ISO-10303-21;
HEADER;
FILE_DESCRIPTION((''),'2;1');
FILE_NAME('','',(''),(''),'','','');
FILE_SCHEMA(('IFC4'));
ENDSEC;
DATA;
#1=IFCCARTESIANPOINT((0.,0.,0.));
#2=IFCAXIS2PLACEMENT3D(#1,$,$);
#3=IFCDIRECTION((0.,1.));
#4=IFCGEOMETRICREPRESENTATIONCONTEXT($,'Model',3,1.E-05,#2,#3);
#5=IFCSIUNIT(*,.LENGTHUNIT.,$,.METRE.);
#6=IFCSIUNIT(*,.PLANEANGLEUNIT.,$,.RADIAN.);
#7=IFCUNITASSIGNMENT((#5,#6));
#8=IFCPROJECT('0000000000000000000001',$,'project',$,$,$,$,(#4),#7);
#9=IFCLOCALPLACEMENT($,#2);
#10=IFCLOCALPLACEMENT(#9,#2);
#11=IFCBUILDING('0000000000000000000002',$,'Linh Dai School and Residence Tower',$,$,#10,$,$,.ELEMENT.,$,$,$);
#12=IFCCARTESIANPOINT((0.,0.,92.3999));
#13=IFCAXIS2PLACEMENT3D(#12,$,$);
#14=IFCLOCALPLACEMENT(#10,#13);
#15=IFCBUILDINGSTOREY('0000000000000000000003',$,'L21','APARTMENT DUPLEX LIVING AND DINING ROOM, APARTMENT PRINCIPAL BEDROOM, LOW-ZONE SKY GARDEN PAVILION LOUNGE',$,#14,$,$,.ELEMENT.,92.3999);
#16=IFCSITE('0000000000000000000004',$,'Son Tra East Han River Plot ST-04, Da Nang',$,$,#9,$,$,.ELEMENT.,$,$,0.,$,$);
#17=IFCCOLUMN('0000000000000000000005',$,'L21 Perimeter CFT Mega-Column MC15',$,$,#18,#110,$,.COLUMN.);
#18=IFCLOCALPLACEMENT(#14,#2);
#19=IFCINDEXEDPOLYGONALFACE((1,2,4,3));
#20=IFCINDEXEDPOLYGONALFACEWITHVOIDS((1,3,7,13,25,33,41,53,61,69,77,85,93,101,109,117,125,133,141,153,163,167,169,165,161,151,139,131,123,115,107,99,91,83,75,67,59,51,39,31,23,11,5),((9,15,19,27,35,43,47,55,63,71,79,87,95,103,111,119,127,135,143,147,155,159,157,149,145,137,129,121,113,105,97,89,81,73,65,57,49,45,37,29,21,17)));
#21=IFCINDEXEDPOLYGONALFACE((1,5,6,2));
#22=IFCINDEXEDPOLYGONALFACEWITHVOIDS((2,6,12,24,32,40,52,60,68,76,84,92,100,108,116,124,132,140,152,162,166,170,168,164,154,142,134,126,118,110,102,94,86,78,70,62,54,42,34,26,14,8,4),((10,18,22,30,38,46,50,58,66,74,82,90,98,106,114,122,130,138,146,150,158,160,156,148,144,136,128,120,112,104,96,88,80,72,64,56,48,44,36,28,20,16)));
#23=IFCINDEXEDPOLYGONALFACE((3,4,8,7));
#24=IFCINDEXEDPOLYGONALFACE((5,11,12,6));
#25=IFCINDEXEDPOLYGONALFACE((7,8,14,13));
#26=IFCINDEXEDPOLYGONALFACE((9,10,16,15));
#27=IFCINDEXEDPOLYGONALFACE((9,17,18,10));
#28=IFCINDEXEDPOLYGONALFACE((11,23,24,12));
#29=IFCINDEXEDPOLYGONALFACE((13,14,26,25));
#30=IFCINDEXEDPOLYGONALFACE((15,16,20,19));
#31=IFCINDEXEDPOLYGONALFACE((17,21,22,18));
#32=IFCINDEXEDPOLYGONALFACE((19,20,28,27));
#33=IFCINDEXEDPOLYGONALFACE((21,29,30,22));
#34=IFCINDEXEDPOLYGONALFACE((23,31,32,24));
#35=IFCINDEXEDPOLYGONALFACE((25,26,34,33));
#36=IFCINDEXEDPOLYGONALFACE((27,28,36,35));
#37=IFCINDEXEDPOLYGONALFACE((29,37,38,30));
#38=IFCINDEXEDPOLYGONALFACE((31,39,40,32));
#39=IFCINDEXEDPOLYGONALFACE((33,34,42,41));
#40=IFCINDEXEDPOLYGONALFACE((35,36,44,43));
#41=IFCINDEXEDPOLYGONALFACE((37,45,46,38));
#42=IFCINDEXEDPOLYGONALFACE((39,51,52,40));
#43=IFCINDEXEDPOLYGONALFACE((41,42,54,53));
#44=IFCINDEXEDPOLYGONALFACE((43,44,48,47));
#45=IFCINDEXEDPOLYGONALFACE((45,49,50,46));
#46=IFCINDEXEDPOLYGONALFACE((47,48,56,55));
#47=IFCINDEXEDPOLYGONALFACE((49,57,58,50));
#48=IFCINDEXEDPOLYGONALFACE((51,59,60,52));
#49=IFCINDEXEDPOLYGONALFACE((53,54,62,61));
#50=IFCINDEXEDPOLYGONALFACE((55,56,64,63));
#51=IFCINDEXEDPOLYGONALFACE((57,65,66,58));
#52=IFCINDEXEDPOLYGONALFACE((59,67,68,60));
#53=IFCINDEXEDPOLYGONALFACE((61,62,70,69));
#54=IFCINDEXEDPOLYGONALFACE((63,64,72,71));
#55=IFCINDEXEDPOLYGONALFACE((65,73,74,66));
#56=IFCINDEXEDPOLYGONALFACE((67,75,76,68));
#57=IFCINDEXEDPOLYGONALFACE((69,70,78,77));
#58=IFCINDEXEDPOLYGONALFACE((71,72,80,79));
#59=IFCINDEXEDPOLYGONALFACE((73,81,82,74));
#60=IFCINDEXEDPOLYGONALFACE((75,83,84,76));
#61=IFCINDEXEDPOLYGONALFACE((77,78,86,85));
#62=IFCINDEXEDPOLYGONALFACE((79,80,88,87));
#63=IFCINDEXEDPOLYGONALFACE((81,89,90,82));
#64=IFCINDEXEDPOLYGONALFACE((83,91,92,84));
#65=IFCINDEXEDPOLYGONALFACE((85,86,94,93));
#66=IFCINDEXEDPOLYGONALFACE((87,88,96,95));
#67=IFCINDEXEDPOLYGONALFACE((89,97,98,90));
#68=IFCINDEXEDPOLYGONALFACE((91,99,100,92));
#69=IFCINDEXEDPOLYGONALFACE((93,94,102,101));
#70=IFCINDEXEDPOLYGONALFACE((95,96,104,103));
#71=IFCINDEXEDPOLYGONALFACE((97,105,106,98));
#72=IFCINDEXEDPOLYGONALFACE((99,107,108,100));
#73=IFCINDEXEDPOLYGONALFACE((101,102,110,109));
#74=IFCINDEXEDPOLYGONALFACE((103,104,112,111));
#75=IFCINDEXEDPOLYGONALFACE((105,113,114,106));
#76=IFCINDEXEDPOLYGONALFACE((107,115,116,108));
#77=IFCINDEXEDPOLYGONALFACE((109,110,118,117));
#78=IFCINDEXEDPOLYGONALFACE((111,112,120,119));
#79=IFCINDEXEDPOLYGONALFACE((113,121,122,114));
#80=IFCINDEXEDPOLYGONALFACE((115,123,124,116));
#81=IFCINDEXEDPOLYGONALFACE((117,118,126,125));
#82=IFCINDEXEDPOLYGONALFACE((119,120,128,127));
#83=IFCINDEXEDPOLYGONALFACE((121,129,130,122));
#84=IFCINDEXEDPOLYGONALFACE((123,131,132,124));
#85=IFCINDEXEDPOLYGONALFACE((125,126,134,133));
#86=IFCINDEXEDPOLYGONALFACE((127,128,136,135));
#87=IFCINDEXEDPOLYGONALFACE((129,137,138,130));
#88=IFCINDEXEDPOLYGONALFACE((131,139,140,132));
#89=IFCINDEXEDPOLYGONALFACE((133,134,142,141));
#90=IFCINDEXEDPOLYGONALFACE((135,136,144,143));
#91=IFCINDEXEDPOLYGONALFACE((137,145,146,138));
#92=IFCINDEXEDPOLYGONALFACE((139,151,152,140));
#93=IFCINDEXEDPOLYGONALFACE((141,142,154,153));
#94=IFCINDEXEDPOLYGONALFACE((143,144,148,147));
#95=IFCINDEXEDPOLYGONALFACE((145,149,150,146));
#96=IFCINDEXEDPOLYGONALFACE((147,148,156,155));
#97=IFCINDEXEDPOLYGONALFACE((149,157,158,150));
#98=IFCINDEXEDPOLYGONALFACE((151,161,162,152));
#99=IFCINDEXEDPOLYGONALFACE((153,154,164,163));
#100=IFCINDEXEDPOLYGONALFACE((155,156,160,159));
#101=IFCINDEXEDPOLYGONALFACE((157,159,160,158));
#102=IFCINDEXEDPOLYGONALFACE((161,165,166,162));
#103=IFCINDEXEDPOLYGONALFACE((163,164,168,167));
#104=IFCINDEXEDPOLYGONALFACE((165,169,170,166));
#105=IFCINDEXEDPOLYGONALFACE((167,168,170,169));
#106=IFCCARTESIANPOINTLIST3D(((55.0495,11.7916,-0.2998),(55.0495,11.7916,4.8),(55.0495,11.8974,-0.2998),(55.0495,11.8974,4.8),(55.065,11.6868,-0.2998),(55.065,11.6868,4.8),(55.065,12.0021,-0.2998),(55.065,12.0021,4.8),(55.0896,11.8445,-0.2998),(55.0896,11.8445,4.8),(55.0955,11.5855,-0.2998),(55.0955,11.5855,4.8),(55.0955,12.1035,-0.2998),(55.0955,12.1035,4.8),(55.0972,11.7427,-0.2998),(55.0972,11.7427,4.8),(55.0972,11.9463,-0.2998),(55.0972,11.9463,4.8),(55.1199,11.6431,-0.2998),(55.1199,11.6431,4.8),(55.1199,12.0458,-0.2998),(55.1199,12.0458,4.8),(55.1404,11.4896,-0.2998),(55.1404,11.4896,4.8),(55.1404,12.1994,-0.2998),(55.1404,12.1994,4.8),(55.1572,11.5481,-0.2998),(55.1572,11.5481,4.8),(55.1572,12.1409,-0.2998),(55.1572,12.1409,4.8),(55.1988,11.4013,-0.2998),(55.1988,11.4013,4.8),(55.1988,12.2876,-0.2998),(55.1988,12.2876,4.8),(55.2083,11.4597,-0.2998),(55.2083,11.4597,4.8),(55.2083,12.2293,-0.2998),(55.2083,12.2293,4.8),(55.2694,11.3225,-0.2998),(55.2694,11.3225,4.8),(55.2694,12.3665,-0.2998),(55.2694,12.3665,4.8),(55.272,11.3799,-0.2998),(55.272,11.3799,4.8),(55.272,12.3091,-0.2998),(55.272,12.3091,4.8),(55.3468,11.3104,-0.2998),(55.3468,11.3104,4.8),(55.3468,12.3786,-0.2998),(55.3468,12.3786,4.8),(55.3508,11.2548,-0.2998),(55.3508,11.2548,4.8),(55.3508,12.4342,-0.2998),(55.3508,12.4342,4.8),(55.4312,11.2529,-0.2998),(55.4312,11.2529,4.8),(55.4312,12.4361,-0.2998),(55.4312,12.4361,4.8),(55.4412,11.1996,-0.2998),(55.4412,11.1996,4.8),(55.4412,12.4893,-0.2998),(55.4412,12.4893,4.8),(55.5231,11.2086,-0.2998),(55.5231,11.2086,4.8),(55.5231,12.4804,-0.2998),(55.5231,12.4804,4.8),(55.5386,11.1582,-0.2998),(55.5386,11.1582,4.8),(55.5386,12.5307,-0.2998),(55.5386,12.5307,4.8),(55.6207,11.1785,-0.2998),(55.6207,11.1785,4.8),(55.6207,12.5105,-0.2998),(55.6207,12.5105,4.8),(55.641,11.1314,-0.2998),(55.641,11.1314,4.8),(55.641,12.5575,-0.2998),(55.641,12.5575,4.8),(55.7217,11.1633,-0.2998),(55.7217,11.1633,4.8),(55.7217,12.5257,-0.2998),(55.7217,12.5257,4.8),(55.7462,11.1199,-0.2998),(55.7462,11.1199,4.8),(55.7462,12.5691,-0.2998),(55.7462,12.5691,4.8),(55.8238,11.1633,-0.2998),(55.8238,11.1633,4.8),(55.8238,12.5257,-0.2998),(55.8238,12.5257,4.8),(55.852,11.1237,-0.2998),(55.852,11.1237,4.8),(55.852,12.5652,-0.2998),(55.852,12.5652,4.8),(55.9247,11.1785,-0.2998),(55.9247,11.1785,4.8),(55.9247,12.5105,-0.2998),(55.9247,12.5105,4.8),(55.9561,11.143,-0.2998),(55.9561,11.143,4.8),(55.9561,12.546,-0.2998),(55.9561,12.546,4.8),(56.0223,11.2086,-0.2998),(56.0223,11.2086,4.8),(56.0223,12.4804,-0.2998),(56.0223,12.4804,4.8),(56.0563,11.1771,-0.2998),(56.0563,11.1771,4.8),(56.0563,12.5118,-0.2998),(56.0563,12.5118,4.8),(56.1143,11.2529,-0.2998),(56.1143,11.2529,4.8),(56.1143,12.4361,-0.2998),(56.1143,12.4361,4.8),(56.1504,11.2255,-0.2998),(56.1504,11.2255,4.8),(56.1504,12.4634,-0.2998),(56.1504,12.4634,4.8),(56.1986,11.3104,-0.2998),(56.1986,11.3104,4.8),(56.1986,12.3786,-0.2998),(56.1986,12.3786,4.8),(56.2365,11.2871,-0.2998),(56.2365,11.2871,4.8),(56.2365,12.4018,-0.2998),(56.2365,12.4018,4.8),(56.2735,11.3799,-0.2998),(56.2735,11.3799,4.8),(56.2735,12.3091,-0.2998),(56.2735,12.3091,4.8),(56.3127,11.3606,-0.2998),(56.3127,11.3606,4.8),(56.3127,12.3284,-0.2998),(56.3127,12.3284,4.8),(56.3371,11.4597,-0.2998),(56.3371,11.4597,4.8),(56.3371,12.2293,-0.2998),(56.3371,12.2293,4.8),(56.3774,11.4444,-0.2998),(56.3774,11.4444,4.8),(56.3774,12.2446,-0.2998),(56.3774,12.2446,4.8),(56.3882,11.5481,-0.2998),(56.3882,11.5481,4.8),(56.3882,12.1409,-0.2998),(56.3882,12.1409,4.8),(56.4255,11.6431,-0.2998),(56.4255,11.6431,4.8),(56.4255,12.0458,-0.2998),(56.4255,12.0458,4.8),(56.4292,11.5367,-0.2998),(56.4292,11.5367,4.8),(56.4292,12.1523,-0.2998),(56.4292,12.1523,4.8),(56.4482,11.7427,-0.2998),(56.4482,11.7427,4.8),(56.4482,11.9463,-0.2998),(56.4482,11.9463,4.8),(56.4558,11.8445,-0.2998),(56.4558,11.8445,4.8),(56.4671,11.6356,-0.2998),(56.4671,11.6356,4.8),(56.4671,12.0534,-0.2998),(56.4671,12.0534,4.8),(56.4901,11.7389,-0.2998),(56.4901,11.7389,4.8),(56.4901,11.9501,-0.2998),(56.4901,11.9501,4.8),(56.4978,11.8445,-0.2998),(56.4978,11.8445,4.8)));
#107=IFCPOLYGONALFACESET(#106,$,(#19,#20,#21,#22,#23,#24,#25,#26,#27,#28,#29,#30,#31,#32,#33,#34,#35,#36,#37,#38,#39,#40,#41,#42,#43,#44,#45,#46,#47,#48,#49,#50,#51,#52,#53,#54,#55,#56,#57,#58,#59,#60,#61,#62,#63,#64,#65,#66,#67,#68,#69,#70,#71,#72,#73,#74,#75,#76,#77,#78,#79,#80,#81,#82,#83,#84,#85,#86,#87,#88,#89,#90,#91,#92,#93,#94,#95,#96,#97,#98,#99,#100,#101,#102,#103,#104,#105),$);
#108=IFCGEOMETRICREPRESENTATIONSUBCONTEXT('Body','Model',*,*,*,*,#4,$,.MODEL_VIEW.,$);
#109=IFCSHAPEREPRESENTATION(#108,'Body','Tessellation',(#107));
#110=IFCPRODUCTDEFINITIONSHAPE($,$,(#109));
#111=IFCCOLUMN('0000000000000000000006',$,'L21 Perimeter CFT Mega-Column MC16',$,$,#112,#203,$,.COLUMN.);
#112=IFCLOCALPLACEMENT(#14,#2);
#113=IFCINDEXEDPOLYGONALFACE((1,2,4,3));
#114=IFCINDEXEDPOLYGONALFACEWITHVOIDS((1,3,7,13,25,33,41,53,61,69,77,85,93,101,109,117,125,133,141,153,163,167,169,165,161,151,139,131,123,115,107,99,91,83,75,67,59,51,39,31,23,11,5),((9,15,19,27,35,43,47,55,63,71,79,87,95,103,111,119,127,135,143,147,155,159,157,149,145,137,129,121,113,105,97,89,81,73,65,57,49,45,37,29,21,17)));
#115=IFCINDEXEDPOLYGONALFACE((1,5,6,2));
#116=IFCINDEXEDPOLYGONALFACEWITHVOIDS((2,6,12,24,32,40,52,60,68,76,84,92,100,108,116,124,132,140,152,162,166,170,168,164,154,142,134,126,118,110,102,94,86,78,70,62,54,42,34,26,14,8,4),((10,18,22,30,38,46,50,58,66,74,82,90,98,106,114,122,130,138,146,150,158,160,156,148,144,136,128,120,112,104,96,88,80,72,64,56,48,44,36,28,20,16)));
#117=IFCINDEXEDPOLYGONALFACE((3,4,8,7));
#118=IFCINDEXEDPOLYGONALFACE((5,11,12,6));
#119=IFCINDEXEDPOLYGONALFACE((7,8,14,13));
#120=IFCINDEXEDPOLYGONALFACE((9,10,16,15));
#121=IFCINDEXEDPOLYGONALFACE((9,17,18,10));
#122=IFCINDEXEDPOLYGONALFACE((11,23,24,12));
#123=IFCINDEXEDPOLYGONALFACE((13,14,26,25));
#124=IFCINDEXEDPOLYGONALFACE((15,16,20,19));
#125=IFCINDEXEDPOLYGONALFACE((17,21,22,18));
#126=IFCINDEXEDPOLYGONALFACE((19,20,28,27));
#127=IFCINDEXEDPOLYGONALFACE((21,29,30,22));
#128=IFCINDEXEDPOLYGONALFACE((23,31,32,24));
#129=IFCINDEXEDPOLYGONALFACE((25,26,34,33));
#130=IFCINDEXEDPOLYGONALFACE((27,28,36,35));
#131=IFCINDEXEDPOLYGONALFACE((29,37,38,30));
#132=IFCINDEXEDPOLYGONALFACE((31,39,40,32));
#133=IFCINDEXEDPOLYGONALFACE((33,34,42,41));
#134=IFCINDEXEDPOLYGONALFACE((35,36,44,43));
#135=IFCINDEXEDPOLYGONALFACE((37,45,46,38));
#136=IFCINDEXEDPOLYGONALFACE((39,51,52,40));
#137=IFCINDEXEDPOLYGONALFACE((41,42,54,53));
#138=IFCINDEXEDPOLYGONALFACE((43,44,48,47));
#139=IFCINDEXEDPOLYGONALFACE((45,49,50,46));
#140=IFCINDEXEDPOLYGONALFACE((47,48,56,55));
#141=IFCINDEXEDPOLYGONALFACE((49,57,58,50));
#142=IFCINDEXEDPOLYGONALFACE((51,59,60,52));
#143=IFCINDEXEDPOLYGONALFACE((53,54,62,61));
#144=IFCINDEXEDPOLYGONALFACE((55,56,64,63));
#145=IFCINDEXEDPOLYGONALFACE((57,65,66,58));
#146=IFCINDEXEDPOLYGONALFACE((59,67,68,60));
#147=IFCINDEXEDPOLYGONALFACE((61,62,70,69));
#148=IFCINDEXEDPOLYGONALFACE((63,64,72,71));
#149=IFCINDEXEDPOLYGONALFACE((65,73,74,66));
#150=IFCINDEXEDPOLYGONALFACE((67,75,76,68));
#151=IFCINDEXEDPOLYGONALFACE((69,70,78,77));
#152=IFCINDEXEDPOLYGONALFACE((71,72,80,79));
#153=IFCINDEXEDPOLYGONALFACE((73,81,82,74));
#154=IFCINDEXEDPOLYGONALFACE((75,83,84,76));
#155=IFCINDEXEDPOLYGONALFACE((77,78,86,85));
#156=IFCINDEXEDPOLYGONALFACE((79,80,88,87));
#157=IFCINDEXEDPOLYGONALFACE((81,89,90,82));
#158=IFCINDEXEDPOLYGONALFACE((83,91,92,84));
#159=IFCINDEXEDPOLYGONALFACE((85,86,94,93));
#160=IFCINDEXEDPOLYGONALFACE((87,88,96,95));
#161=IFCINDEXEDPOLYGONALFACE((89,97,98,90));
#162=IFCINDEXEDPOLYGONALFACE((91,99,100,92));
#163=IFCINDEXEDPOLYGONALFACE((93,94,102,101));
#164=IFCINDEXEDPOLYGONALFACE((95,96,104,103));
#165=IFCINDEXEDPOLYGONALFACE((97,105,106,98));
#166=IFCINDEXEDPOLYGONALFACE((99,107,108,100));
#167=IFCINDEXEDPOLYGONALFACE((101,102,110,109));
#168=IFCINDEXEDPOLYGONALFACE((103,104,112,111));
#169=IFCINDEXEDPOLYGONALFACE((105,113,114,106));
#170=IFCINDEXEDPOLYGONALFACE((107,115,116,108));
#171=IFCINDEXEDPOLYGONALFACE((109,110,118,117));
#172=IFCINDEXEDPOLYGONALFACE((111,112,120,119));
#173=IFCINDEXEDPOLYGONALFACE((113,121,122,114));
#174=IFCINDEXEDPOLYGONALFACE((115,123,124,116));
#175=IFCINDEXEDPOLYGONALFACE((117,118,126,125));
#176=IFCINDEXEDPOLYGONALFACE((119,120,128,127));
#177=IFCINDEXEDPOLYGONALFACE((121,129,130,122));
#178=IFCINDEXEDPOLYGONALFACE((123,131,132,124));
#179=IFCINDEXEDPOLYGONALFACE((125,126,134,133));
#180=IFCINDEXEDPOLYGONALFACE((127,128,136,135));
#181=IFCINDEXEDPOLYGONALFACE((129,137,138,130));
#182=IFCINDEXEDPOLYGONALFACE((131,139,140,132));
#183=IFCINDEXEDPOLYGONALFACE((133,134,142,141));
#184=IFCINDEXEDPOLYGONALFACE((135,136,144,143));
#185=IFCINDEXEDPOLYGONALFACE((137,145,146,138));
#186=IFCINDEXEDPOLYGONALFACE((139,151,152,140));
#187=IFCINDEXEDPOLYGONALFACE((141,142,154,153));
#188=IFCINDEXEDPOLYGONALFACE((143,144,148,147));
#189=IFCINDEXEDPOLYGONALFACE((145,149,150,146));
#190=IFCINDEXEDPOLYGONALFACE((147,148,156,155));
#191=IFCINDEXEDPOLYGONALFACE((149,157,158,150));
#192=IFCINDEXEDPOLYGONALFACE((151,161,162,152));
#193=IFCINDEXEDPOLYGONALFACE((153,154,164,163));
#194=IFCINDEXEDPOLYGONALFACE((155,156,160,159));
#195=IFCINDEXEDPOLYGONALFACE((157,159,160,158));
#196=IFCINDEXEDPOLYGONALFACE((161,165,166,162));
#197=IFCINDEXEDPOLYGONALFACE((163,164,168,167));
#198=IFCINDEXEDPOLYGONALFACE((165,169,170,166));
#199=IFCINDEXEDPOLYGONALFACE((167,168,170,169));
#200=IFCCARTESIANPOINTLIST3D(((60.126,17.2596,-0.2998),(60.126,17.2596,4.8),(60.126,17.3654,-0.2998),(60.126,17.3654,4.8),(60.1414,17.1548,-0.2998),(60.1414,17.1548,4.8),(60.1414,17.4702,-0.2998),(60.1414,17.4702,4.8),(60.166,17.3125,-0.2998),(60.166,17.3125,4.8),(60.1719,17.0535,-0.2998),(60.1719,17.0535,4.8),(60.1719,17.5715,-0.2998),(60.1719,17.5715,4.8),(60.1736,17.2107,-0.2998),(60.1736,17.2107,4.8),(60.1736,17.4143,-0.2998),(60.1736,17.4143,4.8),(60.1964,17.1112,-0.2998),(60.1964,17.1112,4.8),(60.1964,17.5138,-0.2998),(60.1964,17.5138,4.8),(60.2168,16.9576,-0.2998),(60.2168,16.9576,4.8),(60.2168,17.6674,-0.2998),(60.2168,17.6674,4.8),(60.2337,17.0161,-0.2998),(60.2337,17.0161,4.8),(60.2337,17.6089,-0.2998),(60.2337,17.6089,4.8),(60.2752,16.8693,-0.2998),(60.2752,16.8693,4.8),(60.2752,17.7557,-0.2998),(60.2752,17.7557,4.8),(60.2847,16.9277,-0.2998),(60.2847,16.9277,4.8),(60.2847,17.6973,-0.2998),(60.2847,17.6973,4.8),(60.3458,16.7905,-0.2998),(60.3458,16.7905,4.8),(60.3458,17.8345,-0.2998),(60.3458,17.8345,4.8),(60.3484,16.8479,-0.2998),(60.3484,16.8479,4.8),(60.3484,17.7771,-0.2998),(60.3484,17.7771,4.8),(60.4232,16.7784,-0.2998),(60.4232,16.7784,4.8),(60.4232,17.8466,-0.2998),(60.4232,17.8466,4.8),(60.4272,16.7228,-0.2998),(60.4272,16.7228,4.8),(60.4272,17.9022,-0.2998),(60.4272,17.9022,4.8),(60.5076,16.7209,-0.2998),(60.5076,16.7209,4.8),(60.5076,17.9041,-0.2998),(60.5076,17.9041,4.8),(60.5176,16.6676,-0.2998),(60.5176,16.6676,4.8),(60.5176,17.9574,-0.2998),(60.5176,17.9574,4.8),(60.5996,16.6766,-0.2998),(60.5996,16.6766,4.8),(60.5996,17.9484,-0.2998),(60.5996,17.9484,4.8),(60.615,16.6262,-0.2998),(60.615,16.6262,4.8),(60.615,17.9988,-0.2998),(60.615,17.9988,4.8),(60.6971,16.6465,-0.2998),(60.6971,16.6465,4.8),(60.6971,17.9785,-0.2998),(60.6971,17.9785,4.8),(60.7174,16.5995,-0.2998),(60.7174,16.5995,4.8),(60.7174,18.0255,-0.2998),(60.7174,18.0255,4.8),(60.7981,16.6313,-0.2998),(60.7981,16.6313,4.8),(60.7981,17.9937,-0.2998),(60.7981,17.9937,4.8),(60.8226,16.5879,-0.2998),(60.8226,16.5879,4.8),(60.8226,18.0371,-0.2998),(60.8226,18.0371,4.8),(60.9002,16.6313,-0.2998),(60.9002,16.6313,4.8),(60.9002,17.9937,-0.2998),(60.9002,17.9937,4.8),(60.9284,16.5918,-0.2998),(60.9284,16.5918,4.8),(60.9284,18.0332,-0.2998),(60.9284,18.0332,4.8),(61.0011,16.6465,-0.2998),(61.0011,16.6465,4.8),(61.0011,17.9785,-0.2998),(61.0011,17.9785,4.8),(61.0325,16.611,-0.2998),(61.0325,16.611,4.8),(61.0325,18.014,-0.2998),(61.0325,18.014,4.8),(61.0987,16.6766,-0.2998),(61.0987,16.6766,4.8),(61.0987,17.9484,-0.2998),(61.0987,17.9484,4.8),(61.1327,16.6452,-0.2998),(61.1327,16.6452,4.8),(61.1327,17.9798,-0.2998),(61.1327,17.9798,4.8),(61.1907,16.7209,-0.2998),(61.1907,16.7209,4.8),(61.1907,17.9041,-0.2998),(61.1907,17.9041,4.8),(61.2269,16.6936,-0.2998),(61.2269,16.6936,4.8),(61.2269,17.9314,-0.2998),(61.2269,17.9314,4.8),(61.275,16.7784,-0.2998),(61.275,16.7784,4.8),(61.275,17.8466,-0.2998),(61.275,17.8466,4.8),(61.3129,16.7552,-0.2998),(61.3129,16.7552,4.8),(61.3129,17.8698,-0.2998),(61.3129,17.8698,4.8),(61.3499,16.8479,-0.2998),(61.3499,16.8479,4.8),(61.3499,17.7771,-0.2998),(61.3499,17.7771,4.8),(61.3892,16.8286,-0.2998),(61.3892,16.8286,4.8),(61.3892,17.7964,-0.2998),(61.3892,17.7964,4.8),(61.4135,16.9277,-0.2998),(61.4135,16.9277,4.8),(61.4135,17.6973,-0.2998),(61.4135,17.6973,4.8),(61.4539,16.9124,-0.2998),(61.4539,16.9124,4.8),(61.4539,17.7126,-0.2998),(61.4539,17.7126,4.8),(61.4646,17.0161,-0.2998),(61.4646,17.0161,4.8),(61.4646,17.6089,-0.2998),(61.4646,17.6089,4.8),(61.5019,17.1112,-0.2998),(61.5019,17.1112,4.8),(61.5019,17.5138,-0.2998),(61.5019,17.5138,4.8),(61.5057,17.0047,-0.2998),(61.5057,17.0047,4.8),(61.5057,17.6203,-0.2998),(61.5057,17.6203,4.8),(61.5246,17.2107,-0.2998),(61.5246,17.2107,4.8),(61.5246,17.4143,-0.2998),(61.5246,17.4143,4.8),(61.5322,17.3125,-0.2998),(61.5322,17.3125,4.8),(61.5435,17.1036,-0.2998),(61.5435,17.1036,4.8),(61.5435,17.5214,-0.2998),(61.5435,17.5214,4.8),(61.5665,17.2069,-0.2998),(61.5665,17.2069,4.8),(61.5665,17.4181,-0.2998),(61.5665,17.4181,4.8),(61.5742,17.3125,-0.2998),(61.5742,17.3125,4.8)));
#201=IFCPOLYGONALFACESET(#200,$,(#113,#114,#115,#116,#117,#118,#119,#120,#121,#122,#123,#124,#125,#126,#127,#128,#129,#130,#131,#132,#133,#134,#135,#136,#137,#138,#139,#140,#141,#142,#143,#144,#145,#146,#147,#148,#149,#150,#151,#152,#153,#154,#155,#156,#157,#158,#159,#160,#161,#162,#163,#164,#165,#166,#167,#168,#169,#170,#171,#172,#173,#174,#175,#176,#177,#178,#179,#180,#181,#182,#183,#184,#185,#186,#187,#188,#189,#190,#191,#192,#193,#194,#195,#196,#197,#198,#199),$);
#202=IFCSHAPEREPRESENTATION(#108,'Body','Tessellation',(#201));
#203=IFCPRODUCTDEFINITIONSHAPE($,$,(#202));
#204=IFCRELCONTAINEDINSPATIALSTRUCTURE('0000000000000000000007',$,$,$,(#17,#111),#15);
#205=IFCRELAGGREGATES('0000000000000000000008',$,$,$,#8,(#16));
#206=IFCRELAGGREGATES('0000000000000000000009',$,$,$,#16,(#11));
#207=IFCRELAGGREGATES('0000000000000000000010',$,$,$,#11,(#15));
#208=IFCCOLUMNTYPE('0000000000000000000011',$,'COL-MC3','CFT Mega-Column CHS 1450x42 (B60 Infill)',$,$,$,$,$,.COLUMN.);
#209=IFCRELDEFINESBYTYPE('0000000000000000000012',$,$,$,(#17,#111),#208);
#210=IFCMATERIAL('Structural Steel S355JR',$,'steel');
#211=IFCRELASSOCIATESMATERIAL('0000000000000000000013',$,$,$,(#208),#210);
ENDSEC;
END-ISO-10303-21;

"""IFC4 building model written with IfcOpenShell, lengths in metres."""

from ifc_helpers import new_model, si_unit, direction, frame, origin, origin_2d, place, context, subcontext, project, spatial, hollow_circle, extrude, material, material_profile, profile_set, type_object, element, save


model = new_model("IFC4")

# Units and contexts
model_context = context("Model", 3, precision=1e-05, world=origin(), true_north=direction((0.0, 1.0)))
body_context = subcontext(model_context, "Body", "Model", "MODEL_VIEW")
ifc_project = project(units=[si_unit("LENGTHUNIT", "METRE"), si_unit("PLANEANGLEUNIT", "RADIAN")], contexts=[model_context])

# Site, building, storey
site_placement = place(None, origin())
site = spatial("IfcSite", under=ifc_project, at=site_placement, Name="Son Tra East Han River Plot ST-04, Da Nang", CompositionType="ELEMENT", RefElevation=0.0)
building_placement = place(site_placement, origin())
building = spatial("IfcBuilding", under=site, at=building_placement, Name="Linh Dai School and Residence Tower", CompositionType="ELEMENT")
storey_placement = place(building_placement, frame((0.0, 0.0, 92.3999)))
storey = spatial("IfcBuildingStorey", under=building, at=storey_placement, Name="L21", Description="APARTMENT DUPLEX LIVING AND DINING ROOM, APARTMENT PRINCIPAL BEDROOM, LOW-ZONE SKY GARDEN PAVILION LOUNGE", CompositionType="ELEMENT", Elevation=92.3999)

# Columns
ifc_material_1 = material(Name="Structural Steel S355JR", Category="steel")
ifc_material_profile_1 = material_profile(ifc_material_1, hollow_circle(Radius=0.7251, WallThickness=0.042, at=origin_2d()), Name="CHS 1450x42")
ifc_profile_set_1 = profile_set([ifc_material_profile_1], Name="Structural Steel S355JR")
column_type = type_object("IfcColumnType", Name="COL-MC3", Description="CFT Mega-Column CHS 1450x42 (B60 Infill)", PredefinedType="COLUMN", material=ifc_profile_set_1)
for number, where, z_axis, x_axis, name in (
    (1, (55.7727, 11.8445, -0.2998), (0.0, 0.0, 1.0), (1.0, 0.0, 0.0), "L21 Perimeter CFT Mega-Column MC15"),
    (2, (60.8491, 17.3125, -0.2998), (0.0, 0.0, 1.0), (1.0, 0.0, 0.0), "L21 Perimeter CFT Mega-Column MC16"),
):
    element("IfcColumn", number, at=place(storey_placement, frame(where, z_axis=z_axis, x_axis=x_axis)), inside=storey, type_object=column_type, Name=name, PredefinedType="COLUMN", context=body_context, shape_type="SweptSolid", body=[
        extrude(hollow_circle(Radius=0.7251, WallThickness=0.042, at=origin_2d()), origin(), (0.0, 0.0, 1.0), 5.0999),
    ])

save(model, "model.ifc")
